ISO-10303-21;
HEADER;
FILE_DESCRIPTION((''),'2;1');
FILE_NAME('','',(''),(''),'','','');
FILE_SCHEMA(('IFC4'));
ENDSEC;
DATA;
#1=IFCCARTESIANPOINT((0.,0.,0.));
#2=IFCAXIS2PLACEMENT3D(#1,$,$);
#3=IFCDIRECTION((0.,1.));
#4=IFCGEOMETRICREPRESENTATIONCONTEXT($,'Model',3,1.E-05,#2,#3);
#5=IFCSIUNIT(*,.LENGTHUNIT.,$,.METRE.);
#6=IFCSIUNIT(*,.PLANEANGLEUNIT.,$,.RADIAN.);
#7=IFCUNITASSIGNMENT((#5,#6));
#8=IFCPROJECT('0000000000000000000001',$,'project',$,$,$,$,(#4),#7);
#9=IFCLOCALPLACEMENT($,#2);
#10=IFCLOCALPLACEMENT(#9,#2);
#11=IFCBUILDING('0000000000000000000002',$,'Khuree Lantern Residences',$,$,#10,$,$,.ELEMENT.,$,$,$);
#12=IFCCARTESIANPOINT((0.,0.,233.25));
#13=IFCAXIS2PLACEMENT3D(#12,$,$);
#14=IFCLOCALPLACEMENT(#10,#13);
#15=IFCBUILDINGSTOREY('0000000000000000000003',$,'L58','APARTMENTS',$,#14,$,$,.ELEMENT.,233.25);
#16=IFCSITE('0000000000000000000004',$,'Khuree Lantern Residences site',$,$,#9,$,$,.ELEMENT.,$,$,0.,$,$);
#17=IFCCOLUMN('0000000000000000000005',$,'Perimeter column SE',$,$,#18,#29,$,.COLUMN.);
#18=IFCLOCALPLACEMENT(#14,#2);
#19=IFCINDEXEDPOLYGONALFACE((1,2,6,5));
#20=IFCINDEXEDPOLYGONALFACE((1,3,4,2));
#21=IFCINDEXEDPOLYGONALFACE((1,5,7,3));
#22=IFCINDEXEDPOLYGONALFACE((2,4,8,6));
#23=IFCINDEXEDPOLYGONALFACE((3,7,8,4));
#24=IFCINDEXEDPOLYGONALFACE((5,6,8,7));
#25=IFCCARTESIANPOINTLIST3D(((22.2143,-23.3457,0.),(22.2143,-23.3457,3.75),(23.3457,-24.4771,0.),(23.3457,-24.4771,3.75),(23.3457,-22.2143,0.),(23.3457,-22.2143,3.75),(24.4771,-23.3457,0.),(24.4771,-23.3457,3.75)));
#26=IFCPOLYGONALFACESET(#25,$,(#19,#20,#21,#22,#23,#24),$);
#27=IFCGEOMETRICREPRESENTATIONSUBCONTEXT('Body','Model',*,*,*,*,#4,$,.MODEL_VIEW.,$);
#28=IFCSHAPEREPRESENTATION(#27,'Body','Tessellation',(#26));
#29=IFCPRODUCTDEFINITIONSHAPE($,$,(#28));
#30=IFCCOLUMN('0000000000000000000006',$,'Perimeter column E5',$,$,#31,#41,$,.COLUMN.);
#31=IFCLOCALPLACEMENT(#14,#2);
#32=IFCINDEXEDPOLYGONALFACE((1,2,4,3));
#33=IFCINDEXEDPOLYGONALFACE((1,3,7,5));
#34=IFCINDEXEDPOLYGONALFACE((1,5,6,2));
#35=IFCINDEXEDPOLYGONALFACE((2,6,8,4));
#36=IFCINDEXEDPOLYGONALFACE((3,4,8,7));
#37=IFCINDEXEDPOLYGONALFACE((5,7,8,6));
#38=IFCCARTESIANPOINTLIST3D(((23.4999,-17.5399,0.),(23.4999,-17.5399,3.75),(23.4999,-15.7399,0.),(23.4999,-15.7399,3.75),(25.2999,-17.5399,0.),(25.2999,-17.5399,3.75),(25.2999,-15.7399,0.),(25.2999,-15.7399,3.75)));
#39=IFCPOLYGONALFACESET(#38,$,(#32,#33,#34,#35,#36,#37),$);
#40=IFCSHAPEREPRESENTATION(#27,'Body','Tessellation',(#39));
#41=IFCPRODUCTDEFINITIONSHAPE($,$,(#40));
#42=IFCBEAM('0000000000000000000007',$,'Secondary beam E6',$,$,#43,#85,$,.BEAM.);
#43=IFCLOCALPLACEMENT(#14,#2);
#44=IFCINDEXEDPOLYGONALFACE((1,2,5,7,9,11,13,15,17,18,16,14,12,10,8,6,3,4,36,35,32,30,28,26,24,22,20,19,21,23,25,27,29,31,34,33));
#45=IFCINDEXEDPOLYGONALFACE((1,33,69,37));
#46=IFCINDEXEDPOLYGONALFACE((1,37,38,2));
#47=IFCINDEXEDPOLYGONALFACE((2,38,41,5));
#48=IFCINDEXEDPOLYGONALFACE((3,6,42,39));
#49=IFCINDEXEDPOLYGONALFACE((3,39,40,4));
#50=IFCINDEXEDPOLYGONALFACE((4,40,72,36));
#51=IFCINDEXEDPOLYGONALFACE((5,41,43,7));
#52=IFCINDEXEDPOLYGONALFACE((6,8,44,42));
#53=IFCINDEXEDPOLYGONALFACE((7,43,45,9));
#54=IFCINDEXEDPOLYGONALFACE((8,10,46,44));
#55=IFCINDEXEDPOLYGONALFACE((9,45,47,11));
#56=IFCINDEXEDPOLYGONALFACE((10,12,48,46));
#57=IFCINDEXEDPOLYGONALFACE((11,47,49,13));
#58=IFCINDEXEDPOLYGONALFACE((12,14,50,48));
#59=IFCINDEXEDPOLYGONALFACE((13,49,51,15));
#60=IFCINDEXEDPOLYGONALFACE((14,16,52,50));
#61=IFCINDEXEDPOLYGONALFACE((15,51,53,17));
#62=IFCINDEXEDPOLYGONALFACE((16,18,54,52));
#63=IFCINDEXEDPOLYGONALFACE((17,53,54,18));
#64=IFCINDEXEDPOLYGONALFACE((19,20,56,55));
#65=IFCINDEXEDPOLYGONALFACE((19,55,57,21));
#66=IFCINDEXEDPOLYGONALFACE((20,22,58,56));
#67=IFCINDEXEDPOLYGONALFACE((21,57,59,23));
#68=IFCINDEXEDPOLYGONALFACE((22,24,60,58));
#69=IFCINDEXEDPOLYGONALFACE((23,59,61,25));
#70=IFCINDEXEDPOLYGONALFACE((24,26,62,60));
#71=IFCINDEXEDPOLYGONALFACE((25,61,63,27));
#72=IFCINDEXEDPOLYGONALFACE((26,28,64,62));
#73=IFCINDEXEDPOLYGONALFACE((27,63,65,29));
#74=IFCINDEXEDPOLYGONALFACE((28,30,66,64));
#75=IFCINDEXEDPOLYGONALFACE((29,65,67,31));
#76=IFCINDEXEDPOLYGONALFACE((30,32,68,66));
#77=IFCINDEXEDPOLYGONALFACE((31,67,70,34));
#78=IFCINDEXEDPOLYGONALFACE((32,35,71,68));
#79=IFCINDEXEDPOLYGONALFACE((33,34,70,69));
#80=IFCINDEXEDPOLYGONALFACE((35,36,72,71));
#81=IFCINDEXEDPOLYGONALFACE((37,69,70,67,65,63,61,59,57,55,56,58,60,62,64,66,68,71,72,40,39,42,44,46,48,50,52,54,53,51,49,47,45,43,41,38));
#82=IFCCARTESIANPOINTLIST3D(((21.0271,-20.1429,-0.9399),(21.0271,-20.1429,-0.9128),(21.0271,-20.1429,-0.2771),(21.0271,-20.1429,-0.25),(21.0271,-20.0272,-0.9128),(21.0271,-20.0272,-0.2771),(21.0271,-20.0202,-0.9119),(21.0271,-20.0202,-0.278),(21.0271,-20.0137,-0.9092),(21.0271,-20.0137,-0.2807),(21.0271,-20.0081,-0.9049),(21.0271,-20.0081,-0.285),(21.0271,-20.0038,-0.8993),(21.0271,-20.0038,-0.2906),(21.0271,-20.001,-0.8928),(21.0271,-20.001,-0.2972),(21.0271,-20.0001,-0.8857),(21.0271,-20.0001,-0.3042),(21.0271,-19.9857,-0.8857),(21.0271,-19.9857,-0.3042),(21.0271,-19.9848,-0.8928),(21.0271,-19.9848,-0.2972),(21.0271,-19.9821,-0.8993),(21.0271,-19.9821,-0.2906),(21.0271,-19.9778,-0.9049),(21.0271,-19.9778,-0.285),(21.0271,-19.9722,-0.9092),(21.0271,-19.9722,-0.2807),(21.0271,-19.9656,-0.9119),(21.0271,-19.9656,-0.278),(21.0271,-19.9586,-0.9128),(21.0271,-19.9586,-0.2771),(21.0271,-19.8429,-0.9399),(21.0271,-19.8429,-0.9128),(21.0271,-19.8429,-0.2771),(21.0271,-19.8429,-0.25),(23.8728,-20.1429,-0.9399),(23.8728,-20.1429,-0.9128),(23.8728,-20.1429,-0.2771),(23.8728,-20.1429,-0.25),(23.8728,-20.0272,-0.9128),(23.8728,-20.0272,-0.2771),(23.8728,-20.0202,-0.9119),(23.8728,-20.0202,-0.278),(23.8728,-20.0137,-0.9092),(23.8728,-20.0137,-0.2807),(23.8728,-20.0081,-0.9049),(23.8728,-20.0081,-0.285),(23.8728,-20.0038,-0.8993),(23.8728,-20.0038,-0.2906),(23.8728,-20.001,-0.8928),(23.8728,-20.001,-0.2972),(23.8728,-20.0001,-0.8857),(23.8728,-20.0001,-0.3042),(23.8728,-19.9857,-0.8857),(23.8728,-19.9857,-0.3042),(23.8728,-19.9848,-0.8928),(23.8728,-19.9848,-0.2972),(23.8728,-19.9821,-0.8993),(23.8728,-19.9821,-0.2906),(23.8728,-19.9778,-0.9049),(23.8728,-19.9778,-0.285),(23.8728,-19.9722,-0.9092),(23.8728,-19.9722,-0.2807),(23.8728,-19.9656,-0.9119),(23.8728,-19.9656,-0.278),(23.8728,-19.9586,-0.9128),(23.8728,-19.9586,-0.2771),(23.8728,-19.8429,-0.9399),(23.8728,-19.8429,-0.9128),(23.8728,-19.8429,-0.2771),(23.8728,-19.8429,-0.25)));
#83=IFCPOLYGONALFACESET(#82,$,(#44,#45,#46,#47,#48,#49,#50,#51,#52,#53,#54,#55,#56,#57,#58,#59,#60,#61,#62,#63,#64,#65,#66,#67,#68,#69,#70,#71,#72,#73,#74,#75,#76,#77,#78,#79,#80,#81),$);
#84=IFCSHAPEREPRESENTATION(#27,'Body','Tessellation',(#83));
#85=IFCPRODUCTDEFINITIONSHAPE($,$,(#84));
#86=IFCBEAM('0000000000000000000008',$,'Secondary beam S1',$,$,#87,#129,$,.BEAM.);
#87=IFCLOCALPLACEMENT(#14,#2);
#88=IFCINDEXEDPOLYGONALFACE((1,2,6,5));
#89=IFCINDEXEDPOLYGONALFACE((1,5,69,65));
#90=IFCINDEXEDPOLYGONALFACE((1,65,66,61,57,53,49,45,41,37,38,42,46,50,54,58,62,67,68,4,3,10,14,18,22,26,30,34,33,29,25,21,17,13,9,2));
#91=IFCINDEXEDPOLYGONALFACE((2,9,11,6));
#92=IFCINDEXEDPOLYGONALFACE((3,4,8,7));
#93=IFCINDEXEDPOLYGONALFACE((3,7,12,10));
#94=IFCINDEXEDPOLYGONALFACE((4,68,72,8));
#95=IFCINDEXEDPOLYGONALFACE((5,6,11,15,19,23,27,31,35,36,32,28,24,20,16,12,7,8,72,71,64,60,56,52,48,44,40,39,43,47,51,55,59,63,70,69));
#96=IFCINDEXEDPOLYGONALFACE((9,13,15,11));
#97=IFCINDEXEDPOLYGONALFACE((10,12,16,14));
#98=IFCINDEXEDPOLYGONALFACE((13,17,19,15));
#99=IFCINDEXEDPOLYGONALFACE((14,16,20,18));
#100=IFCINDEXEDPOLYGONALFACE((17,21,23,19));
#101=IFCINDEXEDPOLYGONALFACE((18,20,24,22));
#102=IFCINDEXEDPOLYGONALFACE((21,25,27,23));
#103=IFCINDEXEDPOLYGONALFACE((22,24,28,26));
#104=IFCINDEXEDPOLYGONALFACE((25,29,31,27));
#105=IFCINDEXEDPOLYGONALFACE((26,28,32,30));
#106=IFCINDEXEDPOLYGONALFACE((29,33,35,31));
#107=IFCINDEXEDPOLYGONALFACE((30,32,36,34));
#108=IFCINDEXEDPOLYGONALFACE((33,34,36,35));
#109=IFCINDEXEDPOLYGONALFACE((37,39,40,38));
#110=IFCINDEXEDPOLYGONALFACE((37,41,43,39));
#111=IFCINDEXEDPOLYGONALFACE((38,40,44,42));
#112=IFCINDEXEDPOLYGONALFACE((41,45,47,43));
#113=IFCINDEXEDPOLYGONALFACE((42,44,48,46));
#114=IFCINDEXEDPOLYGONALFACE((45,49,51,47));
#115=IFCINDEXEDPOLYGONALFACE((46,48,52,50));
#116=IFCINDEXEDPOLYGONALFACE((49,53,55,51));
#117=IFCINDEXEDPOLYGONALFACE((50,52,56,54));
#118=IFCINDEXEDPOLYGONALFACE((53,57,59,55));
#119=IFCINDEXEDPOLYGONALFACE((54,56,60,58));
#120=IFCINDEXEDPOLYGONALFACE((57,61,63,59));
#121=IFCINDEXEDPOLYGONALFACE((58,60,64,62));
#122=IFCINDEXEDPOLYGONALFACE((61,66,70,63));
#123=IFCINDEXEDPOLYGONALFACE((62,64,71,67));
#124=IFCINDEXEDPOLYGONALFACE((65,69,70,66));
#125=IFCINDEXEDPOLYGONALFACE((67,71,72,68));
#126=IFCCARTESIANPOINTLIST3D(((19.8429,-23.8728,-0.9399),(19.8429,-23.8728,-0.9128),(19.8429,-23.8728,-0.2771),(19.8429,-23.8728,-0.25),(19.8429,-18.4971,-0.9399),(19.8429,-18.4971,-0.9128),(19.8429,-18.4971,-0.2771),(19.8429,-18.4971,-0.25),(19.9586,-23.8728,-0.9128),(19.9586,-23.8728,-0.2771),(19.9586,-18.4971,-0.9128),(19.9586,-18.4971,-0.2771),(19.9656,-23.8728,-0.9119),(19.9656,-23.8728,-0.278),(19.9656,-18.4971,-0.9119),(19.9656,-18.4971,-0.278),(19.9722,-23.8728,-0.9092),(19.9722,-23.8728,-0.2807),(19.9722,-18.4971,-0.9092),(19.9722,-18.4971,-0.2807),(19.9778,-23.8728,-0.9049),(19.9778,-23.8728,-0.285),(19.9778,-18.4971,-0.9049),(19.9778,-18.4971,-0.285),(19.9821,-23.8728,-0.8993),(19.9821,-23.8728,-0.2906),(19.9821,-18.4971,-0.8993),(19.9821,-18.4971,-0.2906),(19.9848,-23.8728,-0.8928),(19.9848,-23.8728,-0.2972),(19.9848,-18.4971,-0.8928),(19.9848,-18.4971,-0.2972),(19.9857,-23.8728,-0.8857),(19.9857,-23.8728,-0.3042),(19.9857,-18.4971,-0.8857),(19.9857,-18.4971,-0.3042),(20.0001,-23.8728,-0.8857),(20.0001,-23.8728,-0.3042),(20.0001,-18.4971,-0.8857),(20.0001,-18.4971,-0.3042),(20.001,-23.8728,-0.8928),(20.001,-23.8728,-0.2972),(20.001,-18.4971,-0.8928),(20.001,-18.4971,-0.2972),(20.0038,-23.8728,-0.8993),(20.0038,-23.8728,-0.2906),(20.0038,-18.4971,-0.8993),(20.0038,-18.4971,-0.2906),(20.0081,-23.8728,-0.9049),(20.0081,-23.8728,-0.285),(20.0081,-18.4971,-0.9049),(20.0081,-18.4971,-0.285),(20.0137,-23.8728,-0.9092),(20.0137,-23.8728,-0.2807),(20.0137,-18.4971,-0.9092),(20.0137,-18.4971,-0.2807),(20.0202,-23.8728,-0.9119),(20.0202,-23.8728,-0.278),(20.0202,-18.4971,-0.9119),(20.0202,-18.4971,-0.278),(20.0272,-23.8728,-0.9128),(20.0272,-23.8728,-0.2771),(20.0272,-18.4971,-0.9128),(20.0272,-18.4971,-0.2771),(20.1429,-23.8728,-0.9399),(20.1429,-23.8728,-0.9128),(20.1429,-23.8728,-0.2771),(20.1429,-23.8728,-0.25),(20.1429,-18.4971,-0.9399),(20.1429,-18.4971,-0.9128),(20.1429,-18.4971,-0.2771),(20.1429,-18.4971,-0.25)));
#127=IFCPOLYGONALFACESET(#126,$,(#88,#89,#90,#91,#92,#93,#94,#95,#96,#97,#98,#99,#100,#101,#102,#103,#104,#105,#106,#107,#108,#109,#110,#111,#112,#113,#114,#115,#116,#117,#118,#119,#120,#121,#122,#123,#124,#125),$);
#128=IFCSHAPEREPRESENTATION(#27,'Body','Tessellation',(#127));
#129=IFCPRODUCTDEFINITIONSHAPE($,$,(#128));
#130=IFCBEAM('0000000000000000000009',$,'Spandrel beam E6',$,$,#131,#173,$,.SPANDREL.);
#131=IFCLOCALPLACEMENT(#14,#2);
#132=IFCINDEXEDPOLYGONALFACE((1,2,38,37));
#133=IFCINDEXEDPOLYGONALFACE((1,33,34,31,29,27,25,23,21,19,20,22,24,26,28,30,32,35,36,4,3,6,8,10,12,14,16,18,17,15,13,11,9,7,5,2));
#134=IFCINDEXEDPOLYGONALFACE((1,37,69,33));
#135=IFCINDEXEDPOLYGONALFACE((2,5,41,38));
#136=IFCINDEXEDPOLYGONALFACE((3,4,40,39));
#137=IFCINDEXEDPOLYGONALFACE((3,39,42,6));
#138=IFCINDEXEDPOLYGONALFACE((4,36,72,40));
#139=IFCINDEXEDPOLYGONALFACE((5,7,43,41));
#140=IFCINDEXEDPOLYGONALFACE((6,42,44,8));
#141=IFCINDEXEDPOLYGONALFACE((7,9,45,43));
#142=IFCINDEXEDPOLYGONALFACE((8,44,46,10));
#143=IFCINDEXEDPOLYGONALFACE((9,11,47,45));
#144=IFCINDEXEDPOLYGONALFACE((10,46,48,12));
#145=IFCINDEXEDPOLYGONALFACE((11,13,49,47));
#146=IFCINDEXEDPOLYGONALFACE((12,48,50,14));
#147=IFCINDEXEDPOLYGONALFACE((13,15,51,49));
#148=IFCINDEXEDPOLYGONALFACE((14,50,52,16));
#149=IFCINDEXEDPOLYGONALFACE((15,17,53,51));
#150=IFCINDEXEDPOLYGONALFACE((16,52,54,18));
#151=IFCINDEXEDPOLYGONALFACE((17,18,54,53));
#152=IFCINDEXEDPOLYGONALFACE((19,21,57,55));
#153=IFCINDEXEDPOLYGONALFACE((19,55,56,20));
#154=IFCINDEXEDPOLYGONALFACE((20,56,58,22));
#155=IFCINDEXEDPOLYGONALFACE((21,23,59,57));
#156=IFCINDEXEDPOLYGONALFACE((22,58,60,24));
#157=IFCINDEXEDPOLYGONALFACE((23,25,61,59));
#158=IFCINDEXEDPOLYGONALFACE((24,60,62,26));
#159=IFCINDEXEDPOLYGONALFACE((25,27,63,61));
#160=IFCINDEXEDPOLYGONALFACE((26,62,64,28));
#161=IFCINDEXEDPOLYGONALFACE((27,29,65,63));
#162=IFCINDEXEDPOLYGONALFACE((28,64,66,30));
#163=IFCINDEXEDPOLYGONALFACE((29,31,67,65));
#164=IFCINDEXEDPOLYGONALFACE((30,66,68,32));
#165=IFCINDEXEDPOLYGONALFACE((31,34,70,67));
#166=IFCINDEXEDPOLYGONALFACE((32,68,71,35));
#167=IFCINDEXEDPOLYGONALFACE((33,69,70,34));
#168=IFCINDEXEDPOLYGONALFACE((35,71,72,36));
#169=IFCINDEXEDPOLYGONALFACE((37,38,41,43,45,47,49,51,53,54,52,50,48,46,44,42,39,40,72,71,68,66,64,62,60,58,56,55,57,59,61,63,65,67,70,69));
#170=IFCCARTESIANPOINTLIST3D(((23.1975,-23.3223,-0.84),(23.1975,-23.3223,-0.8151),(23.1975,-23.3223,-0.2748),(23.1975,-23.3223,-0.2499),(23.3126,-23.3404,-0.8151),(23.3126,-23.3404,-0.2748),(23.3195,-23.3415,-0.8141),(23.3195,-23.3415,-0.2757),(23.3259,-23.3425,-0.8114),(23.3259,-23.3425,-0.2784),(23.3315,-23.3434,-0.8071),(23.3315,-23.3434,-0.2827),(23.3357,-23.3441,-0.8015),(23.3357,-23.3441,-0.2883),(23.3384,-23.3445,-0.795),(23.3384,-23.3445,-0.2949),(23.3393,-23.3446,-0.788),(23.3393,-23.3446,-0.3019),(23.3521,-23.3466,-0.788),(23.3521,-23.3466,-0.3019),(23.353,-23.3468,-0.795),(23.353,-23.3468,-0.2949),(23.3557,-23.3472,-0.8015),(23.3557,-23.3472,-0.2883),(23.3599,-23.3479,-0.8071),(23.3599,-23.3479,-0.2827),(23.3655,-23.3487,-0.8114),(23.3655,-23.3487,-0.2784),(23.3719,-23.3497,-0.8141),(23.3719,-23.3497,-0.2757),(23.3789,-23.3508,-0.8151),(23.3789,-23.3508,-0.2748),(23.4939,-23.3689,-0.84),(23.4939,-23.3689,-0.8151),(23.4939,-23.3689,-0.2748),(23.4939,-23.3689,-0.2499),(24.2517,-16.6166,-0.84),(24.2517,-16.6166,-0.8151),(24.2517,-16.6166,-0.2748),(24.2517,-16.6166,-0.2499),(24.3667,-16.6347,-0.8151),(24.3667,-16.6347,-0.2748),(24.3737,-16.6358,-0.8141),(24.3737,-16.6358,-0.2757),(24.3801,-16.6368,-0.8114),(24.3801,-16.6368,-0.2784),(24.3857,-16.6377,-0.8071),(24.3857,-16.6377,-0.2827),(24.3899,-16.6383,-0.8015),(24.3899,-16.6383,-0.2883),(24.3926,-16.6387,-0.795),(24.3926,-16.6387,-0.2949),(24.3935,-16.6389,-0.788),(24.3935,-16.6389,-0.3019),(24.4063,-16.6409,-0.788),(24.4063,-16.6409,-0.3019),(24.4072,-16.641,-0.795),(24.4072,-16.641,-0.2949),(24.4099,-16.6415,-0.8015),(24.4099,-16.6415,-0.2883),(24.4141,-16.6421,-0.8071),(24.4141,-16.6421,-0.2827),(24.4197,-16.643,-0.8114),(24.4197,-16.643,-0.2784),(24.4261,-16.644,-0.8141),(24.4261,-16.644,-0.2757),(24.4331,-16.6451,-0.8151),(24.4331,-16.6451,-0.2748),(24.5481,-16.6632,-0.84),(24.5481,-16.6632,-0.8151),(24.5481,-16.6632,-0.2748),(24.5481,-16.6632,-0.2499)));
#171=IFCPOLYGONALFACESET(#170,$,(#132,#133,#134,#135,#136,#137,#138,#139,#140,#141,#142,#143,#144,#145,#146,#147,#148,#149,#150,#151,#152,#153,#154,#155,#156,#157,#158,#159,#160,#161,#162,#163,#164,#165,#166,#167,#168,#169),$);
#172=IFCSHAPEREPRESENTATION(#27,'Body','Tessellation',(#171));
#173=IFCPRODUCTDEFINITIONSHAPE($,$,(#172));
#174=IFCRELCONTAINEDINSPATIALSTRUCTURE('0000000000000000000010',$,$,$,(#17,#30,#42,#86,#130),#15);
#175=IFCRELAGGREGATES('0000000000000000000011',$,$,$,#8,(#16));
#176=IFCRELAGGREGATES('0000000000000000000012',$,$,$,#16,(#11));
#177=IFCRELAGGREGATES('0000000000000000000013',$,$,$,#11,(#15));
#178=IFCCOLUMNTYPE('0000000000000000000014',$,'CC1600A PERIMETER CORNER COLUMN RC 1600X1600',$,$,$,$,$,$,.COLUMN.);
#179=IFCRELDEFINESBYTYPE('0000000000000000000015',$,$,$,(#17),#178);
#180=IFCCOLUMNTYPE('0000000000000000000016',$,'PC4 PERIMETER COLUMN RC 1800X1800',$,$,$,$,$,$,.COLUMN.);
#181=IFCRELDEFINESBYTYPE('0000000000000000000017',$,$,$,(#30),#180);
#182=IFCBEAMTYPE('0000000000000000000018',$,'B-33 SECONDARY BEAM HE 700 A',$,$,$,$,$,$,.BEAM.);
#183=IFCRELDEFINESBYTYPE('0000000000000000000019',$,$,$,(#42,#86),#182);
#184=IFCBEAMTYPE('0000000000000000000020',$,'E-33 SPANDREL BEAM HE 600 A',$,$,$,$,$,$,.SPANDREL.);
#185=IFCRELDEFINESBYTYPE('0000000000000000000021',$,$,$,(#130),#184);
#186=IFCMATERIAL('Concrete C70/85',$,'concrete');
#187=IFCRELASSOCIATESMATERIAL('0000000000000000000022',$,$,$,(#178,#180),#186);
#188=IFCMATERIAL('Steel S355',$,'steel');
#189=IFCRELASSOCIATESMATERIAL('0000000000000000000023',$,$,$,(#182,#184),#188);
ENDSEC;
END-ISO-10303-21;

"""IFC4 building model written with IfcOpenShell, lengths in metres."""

from ifc_helpers import new_model, si_unit, direction, frame, origin, origin_2d, place, context, subcontext, project, spatial, rectangle, i_section, extrude, material, material_profile, profile_set, type_object, element, save


model = new_model("IFC4")

# Units and contexts
model_context = context("Model", 3, precision=1e-05, world=origin(), true_north=direction((0.0, 1.0)))
body_context = subcontext(model_context, "Body", "Model", "MODEL_VIEW")
ifc_project = project(units=[si_unit("LENGTHUNIT", "METRE"), si_unit("PLANEANGLEUNIT", "RADIAN")], contexts=[model_context])

# Site, building, storey
site_placement = place(None, origin())
site = spatial("IfcSite", under=ifc_project, at=site_placement, Name="Khuree Lantern Residences site", CompositionType="ELEMENT", RefElevation=0.0)
building_placement = place(site_placement, origin())
building = spatial("IfcBuilding", under=site, at=building_placement, Name="Khuree Lantern Residences", CompositionType="ELEMENT")
storey_placement = place(building_placement, frame((0.0, 0.0, 233.25)))
storey = spatial("IfcBuildingStorey", under=building, at=storey_placement, Name="L58", Description="APARTMENTS", CompositionType="ELEMENT", Elevation=233.25)

# Columns
ifc_material_1 = material(Name="Concrete C70/85", Category="concrete")
ifc_material_profile_1 = material_profile(ifc_material_1, rectangle(XDim=1.6001, YDim=1.6001, at=origin_2d()), Name="RC 1600X1600")
ifc_profile_set_1 = profile_set([ifc_material_profile_1], Name="Concrete C70/85")
column_type_1 = type_object("IfcColumnType", Name="CC1600A PERIMETER CORNER COLUMN RC 1600X1600", PredefinedType="COLUMN", material=ifc_profile_set_1)
column_1_placement = place(storey_placement, frame((23.3457, -23.3457, 0.0), z_axis=(0.0, 0.0, 1.0), x_axis=(0.707107, 0.707107, 0.0)))
element("IfcColumn", 1, at=column_1_placement, inside=storey, type_object=column_type_1, Name="Perimeter column SE", PredefinedType="COLUMN", context=body_context, shape_type="SweptSolid", body=[
    extrude(rectangle(XDim=1.6001, YDim=1.6001, at=origin_2d()), origin(), (0.0, 0.0, 1.0), 3.75),
])
ifc_material_profile_2 = material_profile(ifc_material_1, rectangle(XDim=1.8, YDim=1.8, at=origin_2d()), Name="RC 1800X1800")
ifc_profile_set_2 = profile_set([ifc_material_profile_2], Name="Concrete C70/85")
column_type_2 = type_object("IfcColumnType", Name="PC4 PERIMETER COLUMN RC 1800X1800", PredefinedType="COLUMN", material=ifc_profile_set_2)
column_2_placement = place(storey_placement, frame((24.3999, -16.6399, 0.0), z_axis=(0.0, 0.0, 1.0), x_axis=(0.0, 1.0, 0.0)))
element("IfcColumn", 2, at=column_2_placement, inside=storey, type_object=column_type_2, Name="Perimeter column E5", PredefinedType="COLUMN", context=body_context, shape_type="SweptSolid", body=[
    extrude(rectangle(XDim=1.8, YDim=1.8, at=origin_2d()), origin(), (0.0, 0.0, 1.0), 3.75),
])

# Beams
ifc_material_2 = material(Name="Steel S355", Category="steel")
ifc_material_profile_3 = material_profile(ifc_material_2, i_section(OverallWidth=0.3, OverallDepth=0.6899, WebThickness=0.0144, FlangeThickness=0.0271, FilletRadius=0.0271, at=origin_2d()), Name="HE 700 A")
ifc_profile_set_3 = profile_set([ifc_material_profile_3], Name="Steel S355")
beam_type_1 = type_object("IfcBeamType", Name="B-33 SECONDARY BEAM HE 700 A", PredefinedType="BEAM", material=ifc_profile_set_3)
beam_1_placement = place(storey_placement, frame((23.8728, -19.9929, -0.595), z_axis=(-1.0, 0.0, 0.0), x_axis=(0.0, -1.0, 0.0)))
element("IfcBeam", 3, at=beam_1_placement, inside=storey, type_object=beam_type_1, Name="Secondary beam E6", PredefinedType="BEAM", context=body_context, shape_type="SweptSolid", body=[
    extrude(i_section(OverallWidth=0.3, OverallDepth=0.6899, WebThickness=0.0144, FlangeThickness=0.0271, FilletRadius=0.0271, at=origin_2d()), origin(), (0.0, 0.0, 1.0), 2.8457),
])
beam_2_placement = place(storey_placement, frame((19.9929, -23.8728, -0.595), z_axis=(0.0, 1.0, 0.0), x_axis=(-1.0, 0.0, 0.0)))
element("IfcBeam", 4, at=beam_2_placement, inside=storey, type_object=beam_type_1, Name="Secondary beam S1", PredefinedType="BEAM", context=body_context, shape_type="SweptSolid", body=[
    extrude(i_section(OverallWidth=0.3, OverallDepth=0.6899, WebThickness=0.0144, FlangeThickness=0.0271, FilletRadius=0.0271, at=origin_2d()), origin(), (0.0, 0.0, 1.0), 5.3757),
])
ifc_material_profile_4 = material_profile(ifc_material_2, i_section(OverallWidth=0.3, OverallDepth=0.5901, WebThickness=0.0129, FlangeThickness=0.0249, FilletRadius=0.0271, at=origin_2d()), Name="HE 600 A")
ifc_profile_set_4 = profile_set([ifc_material_profile_4], Name="Steel S355")
beam_type_2 = type_object("IfcBeamType", Name="E-33 SPANDREL BEAM HE 600 A", PredefinedType="SPANDREL", material=ifc_profile_set_4)
for number, where, z_axis, x_axis, name in (
    (5, (24.3999, -16.6399, -0.5449), (-0.1553, -0.987867, 0.0), (0.987867, -0.1553, 0.0), "Spandrel beam E6"),
):
    element("IfcBeam", number, at=place(storey_placement, frame(where, z_axis=z_axis, x_axis=x_axis)), inside=storey, type_object=beam_type_2, Name=name, PredefinedType="SPANDREL", context=body_context, shape_type="SweptSolid", body=[
        extrude(i_section(OverallWidth=0.3, OverallDepth=0.5901, WebThickness=0.0129, FlangeThickness=0.0249, FilletRadius=0.0271, at=origin_2d()), origin(), (0.0, 0.0, 1.0), 6.7881),
    ])

save(model, "model.ifc")
